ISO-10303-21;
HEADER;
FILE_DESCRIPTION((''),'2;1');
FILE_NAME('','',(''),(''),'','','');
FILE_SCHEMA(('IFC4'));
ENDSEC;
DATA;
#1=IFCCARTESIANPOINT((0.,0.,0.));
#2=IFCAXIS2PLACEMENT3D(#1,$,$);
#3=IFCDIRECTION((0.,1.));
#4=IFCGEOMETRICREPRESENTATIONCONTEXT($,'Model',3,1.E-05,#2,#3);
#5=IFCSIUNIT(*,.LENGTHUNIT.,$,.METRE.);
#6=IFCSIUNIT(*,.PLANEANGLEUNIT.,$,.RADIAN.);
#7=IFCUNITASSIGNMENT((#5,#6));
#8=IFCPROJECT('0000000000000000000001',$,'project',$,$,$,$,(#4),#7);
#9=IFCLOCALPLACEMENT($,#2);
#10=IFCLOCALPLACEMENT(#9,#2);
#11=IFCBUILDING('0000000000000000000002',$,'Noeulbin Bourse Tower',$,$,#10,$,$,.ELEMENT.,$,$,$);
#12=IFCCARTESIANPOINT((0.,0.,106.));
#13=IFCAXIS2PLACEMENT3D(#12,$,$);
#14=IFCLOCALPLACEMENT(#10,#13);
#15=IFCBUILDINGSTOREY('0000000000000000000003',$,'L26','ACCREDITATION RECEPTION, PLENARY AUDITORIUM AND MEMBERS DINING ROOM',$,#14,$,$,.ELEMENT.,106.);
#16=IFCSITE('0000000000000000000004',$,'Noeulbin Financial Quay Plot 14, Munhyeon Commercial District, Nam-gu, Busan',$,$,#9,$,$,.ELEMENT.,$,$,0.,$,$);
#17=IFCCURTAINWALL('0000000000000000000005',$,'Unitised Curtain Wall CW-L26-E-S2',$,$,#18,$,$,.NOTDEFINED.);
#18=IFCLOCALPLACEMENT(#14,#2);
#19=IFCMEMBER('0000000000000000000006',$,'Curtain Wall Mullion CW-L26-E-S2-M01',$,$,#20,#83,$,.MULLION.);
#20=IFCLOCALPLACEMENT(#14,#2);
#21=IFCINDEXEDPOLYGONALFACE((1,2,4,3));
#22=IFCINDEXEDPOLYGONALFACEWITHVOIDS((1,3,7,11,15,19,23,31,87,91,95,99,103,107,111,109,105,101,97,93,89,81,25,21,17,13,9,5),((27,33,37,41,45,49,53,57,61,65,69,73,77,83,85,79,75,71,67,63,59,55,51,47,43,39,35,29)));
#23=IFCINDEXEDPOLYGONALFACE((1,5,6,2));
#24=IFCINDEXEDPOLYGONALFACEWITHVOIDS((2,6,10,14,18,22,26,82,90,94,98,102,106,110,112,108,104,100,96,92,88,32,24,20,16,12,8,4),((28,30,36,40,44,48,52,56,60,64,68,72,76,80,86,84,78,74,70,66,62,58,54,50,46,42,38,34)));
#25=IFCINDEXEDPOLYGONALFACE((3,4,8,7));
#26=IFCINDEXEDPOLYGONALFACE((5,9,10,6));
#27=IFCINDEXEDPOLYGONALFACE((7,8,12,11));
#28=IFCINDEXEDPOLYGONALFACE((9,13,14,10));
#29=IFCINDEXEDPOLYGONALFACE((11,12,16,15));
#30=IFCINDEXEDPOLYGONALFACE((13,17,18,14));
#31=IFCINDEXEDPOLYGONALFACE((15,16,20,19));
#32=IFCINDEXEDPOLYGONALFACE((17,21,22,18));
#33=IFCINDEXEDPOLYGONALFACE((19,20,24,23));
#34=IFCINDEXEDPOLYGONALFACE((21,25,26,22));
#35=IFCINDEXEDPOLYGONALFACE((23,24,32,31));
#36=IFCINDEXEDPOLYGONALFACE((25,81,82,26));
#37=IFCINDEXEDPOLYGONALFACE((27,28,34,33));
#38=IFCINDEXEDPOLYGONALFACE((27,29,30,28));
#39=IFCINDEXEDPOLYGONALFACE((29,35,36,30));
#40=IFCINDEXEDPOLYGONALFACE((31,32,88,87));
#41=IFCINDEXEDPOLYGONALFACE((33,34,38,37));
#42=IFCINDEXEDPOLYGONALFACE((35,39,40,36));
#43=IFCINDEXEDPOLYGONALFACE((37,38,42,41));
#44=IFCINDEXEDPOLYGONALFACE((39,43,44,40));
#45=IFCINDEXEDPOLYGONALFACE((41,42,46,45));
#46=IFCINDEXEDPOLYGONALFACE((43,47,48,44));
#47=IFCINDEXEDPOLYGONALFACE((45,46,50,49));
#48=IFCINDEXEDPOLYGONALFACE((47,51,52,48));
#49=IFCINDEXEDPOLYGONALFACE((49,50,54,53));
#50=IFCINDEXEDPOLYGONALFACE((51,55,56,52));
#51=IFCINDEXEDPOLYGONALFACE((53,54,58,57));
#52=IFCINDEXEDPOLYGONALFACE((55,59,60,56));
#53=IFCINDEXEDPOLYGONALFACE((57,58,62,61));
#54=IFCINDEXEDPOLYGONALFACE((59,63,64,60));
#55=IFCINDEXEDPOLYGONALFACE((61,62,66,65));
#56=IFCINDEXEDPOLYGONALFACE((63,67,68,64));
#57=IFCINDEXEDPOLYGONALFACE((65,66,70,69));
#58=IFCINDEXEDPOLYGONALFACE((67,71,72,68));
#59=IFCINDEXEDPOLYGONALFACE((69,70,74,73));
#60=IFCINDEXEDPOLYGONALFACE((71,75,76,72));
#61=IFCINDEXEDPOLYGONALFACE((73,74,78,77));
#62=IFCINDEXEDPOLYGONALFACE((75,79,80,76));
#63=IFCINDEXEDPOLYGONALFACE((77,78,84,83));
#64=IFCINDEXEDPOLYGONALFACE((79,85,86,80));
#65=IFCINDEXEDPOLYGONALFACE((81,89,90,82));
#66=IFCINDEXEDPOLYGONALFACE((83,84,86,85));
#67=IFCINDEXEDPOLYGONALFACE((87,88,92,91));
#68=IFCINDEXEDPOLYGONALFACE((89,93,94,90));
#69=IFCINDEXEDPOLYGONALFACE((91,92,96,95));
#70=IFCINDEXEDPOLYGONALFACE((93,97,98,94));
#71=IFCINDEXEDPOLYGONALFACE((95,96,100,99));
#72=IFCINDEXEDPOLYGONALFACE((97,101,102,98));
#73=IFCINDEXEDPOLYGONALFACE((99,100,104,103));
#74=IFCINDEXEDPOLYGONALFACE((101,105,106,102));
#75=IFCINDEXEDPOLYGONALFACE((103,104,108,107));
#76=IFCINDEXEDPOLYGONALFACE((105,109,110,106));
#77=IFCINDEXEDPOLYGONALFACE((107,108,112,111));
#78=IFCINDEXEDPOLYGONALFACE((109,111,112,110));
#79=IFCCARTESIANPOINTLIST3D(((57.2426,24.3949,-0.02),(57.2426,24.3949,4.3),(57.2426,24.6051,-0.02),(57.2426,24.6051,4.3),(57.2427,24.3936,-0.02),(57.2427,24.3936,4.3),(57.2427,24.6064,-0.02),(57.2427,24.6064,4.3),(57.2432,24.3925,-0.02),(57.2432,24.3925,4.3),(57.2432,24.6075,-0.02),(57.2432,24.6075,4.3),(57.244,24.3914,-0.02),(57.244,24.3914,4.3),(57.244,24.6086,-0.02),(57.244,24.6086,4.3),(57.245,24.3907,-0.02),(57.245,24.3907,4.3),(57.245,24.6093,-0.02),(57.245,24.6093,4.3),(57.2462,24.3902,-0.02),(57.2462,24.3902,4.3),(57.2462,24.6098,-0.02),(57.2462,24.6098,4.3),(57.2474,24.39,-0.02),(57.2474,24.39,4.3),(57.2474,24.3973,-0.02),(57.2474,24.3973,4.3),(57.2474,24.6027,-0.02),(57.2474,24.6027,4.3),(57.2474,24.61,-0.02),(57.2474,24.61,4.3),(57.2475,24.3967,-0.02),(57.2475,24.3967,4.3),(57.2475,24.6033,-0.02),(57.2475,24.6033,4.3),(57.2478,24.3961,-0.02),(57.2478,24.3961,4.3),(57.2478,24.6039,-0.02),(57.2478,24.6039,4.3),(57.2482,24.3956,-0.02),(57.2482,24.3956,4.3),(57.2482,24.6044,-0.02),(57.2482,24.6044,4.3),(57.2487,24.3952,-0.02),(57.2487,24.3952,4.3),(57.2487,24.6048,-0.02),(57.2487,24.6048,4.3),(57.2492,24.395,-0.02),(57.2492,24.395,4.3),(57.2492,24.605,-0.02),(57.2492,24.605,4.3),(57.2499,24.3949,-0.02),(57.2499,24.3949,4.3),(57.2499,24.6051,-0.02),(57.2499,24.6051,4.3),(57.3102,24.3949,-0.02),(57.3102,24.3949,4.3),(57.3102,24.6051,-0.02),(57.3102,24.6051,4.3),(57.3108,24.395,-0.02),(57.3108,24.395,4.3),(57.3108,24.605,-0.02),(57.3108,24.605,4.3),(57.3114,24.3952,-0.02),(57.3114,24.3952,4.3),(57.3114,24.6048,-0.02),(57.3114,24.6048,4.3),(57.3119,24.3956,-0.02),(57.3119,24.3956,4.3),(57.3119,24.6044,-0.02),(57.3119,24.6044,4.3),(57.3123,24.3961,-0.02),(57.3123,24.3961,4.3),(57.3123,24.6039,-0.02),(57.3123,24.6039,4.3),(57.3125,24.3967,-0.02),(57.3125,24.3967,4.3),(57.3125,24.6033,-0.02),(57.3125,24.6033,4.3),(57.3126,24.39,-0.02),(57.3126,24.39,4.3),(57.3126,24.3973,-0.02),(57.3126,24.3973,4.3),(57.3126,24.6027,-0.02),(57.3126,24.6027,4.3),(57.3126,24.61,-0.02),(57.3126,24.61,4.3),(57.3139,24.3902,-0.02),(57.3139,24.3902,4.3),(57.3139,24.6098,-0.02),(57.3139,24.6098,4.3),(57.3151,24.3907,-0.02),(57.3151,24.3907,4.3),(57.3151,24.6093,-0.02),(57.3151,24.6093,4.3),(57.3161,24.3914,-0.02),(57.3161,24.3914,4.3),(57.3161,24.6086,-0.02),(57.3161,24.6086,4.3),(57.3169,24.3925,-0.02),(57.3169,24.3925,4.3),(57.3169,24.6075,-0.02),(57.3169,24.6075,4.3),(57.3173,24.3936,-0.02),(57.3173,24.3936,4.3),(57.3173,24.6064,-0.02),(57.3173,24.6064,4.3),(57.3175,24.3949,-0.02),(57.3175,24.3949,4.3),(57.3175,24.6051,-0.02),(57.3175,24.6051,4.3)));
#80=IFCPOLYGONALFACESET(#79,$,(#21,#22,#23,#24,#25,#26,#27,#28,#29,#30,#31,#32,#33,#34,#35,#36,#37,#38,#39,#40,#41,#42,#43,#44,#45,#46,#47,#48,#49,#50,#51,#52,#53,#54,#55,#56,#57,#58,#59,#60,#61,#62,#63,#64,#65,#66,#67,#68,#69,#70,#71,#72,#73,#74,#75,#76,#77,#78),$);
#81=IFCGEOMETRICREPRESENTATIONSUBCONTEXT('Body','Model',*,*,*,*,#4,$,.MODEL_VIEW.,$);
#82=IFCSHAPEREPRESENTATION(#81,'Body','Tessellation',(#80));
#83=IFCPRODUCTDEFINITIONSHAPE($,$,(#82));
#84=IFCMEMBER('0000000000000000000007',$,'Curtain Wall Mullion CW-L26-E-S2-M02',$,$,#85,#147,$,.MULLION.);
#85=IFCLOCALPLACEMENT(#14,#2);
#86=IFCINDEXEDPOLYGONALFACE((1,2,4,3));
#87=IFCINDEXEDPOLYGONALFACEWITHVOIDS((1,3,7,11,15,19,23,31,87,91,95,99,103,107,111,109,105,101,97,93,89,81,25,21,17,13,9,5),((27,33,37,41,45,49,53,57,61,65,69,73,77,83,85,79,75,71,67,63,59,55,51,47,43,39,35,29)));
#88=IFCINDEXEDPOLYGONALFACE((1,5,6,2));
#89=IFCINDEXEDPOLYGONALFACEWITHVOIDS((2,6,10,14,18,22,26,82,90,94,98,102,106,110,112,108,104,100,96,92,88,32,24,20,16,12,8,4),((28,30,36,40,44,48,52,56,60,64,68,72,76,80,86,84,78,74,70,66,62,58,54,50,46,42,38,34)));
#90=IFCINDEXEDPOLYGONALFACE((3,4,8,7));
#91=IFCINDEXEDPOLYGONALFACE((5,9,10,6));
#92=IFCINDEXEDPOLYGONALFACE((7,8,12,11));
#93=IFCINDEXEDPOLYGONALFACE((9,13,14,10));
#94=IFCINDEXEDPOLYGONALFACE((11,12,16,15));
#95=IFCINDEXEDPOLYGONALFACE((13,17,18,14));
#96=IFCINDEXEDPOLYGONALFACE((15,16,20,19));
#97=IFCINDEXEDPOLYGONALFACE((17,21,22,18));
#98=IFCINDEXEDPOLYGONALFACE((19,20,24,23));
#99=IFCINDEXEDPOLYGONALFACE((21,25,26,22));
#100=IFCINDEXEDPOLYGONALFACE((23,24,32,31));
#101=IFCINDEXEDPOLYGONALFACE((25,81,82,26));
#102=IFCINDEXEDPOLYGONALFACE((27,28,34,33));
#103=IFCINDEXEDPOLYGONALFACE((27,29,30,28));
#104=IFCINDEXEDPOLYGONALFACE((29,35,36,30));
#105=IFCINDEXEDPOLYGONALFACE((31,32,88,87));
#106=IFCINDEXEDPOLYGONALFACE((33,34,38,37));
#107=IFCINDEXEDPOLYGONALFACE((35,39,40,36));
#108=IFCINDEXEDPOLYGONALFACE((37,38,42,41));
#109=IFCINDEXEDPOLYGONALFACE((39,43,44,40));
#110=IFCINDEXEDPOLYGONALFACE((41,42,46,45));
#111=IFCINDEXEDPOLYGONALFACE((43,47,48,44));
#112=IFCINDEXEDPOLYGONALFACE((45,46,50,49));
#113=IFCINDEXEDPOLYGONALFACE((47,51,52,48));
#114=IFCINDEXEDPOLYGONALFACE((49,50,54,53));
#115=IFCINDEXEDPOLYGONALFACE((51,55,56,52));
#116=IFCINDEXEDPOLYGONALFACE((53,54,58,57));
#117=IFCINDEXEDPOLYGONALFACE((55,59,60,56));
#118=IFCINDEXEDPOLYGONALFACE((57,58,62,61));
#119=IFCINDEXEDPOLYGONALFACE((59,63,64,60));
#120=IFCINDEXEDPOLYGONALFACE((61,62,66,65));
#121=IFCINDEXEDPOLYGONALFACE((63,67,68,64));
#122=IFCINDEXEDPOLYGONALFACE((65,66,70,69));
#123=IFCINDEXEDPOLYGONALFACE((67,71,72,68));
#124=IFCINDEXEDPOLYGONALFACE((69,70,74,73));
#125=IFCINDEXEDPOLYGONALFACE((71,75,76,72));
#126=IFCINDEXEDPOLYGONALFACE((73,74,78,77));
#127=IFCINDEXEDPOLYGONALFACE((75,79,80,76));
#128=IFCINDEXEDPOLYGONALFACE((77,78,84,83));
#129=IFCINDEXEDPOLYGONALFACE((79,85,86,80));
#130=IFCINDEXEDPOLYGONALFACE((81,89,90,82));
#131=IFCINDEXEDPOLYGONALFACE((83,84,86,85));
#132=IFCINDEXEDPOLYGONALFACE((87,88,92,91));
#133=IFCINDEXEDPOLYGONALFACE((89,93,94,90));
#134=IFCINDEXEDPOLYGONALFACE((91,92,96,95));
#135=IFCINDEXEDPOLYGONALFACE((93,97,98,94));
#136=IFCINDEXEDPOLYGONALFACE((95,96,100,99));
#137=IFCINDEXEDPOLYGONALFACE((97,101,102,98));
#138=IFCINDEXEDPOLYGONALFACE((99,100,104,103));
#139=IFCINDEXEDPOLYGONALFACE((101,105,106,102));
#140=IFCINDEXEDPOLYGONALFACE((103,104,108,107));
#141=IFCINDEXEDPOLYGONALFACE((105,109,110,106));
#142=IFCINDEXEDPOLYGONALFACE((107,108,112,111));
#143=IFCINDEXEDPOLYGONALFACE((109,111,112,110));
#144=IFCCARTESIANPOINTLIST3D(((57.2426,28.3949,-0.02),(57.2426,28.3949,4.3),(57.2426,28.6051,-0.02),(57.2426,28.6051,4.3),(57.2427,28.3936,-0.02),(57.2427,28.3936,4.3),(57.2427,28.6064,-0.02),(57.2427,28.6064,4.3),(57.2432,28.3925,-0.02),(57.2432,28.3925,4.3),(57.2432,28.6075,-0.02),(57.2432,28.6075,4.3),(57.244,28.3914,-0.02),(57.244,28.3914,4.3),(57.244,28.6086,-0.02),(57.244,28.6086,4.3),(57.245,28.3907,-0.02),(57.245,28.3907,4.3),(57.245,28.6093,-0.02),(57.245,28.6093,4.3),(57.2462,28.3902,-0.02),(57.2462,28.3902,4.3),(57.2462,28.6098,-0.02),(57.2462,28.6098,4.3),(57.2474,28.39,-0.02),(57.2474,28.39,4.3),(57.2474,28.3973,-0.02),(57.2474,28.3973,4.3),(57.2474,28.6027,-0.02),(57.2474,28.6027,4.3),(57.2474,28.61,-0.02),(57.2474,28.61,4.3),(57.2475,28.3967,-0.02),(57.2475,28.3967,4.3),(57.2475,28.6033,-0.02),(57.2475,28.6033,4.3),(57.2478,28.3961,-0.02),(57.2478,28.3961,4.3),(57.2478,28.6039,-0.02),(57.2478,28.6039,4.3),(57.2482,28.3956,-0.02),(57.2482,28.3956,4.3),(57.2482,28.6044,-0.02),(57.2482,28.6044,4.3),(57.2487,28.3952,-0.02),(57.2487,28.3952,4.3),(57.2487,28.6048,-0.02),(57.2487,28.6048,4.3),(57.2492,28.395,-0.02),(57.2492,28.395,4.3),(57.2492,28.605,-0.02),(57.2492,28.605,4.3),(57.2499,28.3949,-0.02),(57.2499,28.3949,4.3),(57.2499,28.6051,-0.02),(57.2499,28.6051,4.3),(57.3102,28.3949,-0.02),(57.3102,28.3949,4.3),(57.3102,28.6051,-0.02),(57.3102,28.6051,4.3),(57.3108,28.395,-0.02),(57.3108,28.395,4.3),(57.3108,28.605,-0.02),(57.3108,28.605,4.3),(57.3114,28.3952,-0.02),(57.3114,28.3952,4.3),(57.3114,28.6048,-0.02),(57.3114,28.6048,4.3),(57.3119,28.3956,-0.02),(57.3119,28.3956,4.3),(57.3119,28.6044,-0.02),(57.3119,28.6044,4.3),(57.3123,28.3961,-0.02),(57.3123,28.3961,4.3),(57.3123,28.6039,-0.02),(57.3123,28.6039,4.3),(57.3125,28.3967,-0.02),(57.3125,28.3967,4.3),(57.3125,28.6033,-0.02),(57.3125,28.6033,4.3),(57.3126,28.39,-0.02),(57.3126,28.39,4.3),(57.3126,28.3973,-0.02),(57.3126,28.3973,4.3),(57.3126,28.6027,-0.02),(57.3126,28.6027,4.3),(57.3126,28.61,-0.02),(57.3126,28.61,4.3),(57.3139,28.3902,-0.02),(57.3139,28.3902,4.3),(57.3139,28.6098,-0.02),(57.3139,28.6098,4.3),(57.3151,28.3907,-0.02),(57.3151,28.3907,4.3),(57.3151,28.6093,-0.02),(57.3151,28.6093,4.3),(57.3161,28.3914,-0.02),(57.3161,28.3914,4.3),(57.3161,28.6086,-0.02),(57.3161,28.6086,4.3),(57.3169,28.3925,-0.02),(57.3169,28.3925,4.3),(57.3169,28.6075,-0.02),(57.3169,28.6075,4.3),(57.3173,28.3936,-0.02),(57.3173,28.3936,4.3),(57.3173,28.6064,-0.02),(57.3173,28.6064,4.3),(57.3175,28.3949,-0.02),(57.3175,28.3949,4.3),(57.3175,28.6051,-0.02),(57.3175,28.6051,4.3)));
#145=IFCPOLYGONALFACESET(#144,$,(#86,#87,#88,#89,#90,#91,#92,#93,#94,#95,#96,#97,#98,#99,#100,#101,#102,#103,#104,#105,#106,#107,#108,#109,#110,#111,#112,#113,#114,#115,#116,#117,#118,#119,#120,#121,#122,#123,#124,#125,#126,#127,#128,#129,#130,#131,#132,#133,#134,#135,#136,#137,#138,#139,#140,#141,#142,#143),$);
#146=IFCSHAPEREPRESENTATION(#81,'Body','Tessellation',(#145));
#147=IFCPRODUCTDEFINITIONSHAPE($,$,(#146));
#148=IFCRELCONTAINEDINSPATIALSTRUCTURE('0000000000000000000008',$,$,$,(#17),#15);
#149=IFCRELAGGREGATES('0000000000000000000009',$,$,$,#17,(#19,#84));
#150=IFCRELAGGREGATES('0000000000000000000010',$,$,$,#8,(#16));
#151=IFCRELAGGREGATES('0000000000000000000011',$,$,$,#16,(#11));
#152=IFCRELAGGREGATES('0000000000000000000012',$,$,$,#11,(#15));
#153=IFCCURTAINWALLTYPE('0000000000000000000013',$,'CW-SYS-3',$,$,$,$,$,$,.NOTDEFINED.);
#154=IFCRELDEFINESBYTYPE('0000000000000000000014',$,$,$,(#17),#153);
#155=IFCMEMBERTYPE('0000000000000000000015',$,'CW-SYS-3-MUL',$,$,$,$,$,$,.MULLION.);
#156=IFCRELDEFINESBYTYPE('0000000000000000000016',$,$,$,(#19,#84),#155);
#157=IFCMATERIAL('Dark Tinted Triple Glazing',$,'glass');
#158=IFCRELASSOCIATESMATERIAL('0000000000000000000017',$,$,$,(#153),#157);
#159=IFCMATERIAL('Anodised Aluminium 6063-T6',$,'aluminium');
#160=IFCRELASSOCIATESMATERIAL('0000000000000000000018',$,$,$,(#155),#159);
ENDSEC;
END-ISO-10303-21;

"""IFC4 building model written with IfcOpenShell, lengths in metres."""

from ifc_helpers import new_model, si_unit, direction, frame, origin, origin_2d, place, context, subcontext, project, spatial, hollow_rectangle, extrude, material, material_profile, profile_set, type_object, element, aggregate, save


model = new_model("IFC4")

# Units and contexts
model_context = context("Model", 3, precision=1e-05, world=origin(), true_north=direction((0.0, 1.0)))
body_context = subcontext(model_context, "Body", "Model", "MODEL_VIEW")
ifc_project = project(units=[si_unit("LENGTHUNIT", "METRE"), si_unit("PLANEANGLEUNIT", "RADIAN")], contexts=[model_context])

# Site, building, storey
site_placement = place(None, origin())
site = spatial("IfcSite", under=ifc_project, at=site_placement, Name="Noeulbin Financial Quay Plot 14, Munhyeon Commercial District, Nam-gu, Busan", CompositionType="ELEMENT", RefElevation=0.0)
building_placement = place(site_placement, origin())
building = spatial("IfcBuilding", under=site, at=building_placement, Name="Noeulbin Bourse Tower", CompositionType="ELEMENT")
storey_placement = place(building_placement, frame((0.0, 0.0, 106.0)))
storey = spatial("IfcBuildingStorey", under=building, at=storey_placement, Name="L26", Description="ACCREDITATION RECEPTION, PLENARY AUDITORIUM AND MEMBERS DINING ROOM", CompositionType="ELEMENT", Elevation=106.0)

# Shared definitions
ifc_material_1 = material(Name="Dark Tinted Triple Glazing", Category="glass")
curtain_wall_type = type_object("IfcCurtainWallType", Name="CW-SYS-3", PredefinedType="NOTDEFINED", material=ifc_material_1)
ifc_material_2 = material(Name="Anodised Aluminium 6063-T6", Category="aluminium")
ifc_material_profile_1 = material_profile(ifc_material_2, hollow_rectangle(XDim=0.075, YDim=0.22, WallThickness=0.0049, InnerFilletRadius=0.0024, OuterFilletRadius=0.0049, at=origin_2d()), Name="ALU-MULL-75x220x5", Category="LoadBearing")
ifc_profile_set_1 = profile_set([ifc_material_profile_1], Name="Anodised Aluminium 6063-T6")
member_type_1 = type_object("IfcMemberType", Name="CW-SYS-3-MUL", PredefinedType="MULLION", material=ifc_profile_set_1)

# Curtain wall, members
curtain_wall_1_placement = place(storey_placement, origin())
curtain_wall_1 = element("IfcCurtainWall", 1, at=curtain_wall_1_placement, inside=storey, type_object=curtain_wall_type, Name="Unitised Curtain Wall CW-L26-E-S2", PredefinedType="NOTDEFINED")
member_1_placement = place(storey_placement, frame((57.28, 24.5, -0.02), z_axis=(0.0, 0.0, 1.0), x_axis=(1.0, 0.0, 0.0)))
member_1 = element("IfcMember", 2, at=member_1_placement, type_object=member_type_1, Name="Curtain Wall Mullion CW-L26-E-S2-M01", PredefinedType="MULLION", context=body_context, shape_type="SweptSolid", body=[
    extrude(hollow_rectangle(XDim=0.075, YDim=0.22, WallThickness=0.0049, InnerFilletRadius=0.0024, OuterFilletRadius=0.0049, at=origin_2d()), origin(), (0.0, 0.0, 1.0), 4.3201),
])
member_2_placement = place(storey_placement, frame((57.28, 28.5, -0.02), z_axis=(0.0, 0.0, 1.0), x_axis=(1.0, 0.0, 0.0)))
member_2 = element("IfcMember", 3, at=member_2_placement, type_object=member_type_1, Name="Curtain Wall Mullion CW-L26-E-S2-M02", PredefinedType="MULLION", context=body_context, shape_type="SweptSolid", body=[
    extrude(hollow_rectangle(XDim=0.075, YDim=0.22, WallThickness=0.0049, InnerFilletRadius=0.0024, OuterFilletRadius=0.0049, at=origin_2d()), origin(), (0.0, 0.0, 1.0), 4.3201),
])

aggregate(curtain_wall_1, [member_1, member_2])

save(model, "model.ifc")
